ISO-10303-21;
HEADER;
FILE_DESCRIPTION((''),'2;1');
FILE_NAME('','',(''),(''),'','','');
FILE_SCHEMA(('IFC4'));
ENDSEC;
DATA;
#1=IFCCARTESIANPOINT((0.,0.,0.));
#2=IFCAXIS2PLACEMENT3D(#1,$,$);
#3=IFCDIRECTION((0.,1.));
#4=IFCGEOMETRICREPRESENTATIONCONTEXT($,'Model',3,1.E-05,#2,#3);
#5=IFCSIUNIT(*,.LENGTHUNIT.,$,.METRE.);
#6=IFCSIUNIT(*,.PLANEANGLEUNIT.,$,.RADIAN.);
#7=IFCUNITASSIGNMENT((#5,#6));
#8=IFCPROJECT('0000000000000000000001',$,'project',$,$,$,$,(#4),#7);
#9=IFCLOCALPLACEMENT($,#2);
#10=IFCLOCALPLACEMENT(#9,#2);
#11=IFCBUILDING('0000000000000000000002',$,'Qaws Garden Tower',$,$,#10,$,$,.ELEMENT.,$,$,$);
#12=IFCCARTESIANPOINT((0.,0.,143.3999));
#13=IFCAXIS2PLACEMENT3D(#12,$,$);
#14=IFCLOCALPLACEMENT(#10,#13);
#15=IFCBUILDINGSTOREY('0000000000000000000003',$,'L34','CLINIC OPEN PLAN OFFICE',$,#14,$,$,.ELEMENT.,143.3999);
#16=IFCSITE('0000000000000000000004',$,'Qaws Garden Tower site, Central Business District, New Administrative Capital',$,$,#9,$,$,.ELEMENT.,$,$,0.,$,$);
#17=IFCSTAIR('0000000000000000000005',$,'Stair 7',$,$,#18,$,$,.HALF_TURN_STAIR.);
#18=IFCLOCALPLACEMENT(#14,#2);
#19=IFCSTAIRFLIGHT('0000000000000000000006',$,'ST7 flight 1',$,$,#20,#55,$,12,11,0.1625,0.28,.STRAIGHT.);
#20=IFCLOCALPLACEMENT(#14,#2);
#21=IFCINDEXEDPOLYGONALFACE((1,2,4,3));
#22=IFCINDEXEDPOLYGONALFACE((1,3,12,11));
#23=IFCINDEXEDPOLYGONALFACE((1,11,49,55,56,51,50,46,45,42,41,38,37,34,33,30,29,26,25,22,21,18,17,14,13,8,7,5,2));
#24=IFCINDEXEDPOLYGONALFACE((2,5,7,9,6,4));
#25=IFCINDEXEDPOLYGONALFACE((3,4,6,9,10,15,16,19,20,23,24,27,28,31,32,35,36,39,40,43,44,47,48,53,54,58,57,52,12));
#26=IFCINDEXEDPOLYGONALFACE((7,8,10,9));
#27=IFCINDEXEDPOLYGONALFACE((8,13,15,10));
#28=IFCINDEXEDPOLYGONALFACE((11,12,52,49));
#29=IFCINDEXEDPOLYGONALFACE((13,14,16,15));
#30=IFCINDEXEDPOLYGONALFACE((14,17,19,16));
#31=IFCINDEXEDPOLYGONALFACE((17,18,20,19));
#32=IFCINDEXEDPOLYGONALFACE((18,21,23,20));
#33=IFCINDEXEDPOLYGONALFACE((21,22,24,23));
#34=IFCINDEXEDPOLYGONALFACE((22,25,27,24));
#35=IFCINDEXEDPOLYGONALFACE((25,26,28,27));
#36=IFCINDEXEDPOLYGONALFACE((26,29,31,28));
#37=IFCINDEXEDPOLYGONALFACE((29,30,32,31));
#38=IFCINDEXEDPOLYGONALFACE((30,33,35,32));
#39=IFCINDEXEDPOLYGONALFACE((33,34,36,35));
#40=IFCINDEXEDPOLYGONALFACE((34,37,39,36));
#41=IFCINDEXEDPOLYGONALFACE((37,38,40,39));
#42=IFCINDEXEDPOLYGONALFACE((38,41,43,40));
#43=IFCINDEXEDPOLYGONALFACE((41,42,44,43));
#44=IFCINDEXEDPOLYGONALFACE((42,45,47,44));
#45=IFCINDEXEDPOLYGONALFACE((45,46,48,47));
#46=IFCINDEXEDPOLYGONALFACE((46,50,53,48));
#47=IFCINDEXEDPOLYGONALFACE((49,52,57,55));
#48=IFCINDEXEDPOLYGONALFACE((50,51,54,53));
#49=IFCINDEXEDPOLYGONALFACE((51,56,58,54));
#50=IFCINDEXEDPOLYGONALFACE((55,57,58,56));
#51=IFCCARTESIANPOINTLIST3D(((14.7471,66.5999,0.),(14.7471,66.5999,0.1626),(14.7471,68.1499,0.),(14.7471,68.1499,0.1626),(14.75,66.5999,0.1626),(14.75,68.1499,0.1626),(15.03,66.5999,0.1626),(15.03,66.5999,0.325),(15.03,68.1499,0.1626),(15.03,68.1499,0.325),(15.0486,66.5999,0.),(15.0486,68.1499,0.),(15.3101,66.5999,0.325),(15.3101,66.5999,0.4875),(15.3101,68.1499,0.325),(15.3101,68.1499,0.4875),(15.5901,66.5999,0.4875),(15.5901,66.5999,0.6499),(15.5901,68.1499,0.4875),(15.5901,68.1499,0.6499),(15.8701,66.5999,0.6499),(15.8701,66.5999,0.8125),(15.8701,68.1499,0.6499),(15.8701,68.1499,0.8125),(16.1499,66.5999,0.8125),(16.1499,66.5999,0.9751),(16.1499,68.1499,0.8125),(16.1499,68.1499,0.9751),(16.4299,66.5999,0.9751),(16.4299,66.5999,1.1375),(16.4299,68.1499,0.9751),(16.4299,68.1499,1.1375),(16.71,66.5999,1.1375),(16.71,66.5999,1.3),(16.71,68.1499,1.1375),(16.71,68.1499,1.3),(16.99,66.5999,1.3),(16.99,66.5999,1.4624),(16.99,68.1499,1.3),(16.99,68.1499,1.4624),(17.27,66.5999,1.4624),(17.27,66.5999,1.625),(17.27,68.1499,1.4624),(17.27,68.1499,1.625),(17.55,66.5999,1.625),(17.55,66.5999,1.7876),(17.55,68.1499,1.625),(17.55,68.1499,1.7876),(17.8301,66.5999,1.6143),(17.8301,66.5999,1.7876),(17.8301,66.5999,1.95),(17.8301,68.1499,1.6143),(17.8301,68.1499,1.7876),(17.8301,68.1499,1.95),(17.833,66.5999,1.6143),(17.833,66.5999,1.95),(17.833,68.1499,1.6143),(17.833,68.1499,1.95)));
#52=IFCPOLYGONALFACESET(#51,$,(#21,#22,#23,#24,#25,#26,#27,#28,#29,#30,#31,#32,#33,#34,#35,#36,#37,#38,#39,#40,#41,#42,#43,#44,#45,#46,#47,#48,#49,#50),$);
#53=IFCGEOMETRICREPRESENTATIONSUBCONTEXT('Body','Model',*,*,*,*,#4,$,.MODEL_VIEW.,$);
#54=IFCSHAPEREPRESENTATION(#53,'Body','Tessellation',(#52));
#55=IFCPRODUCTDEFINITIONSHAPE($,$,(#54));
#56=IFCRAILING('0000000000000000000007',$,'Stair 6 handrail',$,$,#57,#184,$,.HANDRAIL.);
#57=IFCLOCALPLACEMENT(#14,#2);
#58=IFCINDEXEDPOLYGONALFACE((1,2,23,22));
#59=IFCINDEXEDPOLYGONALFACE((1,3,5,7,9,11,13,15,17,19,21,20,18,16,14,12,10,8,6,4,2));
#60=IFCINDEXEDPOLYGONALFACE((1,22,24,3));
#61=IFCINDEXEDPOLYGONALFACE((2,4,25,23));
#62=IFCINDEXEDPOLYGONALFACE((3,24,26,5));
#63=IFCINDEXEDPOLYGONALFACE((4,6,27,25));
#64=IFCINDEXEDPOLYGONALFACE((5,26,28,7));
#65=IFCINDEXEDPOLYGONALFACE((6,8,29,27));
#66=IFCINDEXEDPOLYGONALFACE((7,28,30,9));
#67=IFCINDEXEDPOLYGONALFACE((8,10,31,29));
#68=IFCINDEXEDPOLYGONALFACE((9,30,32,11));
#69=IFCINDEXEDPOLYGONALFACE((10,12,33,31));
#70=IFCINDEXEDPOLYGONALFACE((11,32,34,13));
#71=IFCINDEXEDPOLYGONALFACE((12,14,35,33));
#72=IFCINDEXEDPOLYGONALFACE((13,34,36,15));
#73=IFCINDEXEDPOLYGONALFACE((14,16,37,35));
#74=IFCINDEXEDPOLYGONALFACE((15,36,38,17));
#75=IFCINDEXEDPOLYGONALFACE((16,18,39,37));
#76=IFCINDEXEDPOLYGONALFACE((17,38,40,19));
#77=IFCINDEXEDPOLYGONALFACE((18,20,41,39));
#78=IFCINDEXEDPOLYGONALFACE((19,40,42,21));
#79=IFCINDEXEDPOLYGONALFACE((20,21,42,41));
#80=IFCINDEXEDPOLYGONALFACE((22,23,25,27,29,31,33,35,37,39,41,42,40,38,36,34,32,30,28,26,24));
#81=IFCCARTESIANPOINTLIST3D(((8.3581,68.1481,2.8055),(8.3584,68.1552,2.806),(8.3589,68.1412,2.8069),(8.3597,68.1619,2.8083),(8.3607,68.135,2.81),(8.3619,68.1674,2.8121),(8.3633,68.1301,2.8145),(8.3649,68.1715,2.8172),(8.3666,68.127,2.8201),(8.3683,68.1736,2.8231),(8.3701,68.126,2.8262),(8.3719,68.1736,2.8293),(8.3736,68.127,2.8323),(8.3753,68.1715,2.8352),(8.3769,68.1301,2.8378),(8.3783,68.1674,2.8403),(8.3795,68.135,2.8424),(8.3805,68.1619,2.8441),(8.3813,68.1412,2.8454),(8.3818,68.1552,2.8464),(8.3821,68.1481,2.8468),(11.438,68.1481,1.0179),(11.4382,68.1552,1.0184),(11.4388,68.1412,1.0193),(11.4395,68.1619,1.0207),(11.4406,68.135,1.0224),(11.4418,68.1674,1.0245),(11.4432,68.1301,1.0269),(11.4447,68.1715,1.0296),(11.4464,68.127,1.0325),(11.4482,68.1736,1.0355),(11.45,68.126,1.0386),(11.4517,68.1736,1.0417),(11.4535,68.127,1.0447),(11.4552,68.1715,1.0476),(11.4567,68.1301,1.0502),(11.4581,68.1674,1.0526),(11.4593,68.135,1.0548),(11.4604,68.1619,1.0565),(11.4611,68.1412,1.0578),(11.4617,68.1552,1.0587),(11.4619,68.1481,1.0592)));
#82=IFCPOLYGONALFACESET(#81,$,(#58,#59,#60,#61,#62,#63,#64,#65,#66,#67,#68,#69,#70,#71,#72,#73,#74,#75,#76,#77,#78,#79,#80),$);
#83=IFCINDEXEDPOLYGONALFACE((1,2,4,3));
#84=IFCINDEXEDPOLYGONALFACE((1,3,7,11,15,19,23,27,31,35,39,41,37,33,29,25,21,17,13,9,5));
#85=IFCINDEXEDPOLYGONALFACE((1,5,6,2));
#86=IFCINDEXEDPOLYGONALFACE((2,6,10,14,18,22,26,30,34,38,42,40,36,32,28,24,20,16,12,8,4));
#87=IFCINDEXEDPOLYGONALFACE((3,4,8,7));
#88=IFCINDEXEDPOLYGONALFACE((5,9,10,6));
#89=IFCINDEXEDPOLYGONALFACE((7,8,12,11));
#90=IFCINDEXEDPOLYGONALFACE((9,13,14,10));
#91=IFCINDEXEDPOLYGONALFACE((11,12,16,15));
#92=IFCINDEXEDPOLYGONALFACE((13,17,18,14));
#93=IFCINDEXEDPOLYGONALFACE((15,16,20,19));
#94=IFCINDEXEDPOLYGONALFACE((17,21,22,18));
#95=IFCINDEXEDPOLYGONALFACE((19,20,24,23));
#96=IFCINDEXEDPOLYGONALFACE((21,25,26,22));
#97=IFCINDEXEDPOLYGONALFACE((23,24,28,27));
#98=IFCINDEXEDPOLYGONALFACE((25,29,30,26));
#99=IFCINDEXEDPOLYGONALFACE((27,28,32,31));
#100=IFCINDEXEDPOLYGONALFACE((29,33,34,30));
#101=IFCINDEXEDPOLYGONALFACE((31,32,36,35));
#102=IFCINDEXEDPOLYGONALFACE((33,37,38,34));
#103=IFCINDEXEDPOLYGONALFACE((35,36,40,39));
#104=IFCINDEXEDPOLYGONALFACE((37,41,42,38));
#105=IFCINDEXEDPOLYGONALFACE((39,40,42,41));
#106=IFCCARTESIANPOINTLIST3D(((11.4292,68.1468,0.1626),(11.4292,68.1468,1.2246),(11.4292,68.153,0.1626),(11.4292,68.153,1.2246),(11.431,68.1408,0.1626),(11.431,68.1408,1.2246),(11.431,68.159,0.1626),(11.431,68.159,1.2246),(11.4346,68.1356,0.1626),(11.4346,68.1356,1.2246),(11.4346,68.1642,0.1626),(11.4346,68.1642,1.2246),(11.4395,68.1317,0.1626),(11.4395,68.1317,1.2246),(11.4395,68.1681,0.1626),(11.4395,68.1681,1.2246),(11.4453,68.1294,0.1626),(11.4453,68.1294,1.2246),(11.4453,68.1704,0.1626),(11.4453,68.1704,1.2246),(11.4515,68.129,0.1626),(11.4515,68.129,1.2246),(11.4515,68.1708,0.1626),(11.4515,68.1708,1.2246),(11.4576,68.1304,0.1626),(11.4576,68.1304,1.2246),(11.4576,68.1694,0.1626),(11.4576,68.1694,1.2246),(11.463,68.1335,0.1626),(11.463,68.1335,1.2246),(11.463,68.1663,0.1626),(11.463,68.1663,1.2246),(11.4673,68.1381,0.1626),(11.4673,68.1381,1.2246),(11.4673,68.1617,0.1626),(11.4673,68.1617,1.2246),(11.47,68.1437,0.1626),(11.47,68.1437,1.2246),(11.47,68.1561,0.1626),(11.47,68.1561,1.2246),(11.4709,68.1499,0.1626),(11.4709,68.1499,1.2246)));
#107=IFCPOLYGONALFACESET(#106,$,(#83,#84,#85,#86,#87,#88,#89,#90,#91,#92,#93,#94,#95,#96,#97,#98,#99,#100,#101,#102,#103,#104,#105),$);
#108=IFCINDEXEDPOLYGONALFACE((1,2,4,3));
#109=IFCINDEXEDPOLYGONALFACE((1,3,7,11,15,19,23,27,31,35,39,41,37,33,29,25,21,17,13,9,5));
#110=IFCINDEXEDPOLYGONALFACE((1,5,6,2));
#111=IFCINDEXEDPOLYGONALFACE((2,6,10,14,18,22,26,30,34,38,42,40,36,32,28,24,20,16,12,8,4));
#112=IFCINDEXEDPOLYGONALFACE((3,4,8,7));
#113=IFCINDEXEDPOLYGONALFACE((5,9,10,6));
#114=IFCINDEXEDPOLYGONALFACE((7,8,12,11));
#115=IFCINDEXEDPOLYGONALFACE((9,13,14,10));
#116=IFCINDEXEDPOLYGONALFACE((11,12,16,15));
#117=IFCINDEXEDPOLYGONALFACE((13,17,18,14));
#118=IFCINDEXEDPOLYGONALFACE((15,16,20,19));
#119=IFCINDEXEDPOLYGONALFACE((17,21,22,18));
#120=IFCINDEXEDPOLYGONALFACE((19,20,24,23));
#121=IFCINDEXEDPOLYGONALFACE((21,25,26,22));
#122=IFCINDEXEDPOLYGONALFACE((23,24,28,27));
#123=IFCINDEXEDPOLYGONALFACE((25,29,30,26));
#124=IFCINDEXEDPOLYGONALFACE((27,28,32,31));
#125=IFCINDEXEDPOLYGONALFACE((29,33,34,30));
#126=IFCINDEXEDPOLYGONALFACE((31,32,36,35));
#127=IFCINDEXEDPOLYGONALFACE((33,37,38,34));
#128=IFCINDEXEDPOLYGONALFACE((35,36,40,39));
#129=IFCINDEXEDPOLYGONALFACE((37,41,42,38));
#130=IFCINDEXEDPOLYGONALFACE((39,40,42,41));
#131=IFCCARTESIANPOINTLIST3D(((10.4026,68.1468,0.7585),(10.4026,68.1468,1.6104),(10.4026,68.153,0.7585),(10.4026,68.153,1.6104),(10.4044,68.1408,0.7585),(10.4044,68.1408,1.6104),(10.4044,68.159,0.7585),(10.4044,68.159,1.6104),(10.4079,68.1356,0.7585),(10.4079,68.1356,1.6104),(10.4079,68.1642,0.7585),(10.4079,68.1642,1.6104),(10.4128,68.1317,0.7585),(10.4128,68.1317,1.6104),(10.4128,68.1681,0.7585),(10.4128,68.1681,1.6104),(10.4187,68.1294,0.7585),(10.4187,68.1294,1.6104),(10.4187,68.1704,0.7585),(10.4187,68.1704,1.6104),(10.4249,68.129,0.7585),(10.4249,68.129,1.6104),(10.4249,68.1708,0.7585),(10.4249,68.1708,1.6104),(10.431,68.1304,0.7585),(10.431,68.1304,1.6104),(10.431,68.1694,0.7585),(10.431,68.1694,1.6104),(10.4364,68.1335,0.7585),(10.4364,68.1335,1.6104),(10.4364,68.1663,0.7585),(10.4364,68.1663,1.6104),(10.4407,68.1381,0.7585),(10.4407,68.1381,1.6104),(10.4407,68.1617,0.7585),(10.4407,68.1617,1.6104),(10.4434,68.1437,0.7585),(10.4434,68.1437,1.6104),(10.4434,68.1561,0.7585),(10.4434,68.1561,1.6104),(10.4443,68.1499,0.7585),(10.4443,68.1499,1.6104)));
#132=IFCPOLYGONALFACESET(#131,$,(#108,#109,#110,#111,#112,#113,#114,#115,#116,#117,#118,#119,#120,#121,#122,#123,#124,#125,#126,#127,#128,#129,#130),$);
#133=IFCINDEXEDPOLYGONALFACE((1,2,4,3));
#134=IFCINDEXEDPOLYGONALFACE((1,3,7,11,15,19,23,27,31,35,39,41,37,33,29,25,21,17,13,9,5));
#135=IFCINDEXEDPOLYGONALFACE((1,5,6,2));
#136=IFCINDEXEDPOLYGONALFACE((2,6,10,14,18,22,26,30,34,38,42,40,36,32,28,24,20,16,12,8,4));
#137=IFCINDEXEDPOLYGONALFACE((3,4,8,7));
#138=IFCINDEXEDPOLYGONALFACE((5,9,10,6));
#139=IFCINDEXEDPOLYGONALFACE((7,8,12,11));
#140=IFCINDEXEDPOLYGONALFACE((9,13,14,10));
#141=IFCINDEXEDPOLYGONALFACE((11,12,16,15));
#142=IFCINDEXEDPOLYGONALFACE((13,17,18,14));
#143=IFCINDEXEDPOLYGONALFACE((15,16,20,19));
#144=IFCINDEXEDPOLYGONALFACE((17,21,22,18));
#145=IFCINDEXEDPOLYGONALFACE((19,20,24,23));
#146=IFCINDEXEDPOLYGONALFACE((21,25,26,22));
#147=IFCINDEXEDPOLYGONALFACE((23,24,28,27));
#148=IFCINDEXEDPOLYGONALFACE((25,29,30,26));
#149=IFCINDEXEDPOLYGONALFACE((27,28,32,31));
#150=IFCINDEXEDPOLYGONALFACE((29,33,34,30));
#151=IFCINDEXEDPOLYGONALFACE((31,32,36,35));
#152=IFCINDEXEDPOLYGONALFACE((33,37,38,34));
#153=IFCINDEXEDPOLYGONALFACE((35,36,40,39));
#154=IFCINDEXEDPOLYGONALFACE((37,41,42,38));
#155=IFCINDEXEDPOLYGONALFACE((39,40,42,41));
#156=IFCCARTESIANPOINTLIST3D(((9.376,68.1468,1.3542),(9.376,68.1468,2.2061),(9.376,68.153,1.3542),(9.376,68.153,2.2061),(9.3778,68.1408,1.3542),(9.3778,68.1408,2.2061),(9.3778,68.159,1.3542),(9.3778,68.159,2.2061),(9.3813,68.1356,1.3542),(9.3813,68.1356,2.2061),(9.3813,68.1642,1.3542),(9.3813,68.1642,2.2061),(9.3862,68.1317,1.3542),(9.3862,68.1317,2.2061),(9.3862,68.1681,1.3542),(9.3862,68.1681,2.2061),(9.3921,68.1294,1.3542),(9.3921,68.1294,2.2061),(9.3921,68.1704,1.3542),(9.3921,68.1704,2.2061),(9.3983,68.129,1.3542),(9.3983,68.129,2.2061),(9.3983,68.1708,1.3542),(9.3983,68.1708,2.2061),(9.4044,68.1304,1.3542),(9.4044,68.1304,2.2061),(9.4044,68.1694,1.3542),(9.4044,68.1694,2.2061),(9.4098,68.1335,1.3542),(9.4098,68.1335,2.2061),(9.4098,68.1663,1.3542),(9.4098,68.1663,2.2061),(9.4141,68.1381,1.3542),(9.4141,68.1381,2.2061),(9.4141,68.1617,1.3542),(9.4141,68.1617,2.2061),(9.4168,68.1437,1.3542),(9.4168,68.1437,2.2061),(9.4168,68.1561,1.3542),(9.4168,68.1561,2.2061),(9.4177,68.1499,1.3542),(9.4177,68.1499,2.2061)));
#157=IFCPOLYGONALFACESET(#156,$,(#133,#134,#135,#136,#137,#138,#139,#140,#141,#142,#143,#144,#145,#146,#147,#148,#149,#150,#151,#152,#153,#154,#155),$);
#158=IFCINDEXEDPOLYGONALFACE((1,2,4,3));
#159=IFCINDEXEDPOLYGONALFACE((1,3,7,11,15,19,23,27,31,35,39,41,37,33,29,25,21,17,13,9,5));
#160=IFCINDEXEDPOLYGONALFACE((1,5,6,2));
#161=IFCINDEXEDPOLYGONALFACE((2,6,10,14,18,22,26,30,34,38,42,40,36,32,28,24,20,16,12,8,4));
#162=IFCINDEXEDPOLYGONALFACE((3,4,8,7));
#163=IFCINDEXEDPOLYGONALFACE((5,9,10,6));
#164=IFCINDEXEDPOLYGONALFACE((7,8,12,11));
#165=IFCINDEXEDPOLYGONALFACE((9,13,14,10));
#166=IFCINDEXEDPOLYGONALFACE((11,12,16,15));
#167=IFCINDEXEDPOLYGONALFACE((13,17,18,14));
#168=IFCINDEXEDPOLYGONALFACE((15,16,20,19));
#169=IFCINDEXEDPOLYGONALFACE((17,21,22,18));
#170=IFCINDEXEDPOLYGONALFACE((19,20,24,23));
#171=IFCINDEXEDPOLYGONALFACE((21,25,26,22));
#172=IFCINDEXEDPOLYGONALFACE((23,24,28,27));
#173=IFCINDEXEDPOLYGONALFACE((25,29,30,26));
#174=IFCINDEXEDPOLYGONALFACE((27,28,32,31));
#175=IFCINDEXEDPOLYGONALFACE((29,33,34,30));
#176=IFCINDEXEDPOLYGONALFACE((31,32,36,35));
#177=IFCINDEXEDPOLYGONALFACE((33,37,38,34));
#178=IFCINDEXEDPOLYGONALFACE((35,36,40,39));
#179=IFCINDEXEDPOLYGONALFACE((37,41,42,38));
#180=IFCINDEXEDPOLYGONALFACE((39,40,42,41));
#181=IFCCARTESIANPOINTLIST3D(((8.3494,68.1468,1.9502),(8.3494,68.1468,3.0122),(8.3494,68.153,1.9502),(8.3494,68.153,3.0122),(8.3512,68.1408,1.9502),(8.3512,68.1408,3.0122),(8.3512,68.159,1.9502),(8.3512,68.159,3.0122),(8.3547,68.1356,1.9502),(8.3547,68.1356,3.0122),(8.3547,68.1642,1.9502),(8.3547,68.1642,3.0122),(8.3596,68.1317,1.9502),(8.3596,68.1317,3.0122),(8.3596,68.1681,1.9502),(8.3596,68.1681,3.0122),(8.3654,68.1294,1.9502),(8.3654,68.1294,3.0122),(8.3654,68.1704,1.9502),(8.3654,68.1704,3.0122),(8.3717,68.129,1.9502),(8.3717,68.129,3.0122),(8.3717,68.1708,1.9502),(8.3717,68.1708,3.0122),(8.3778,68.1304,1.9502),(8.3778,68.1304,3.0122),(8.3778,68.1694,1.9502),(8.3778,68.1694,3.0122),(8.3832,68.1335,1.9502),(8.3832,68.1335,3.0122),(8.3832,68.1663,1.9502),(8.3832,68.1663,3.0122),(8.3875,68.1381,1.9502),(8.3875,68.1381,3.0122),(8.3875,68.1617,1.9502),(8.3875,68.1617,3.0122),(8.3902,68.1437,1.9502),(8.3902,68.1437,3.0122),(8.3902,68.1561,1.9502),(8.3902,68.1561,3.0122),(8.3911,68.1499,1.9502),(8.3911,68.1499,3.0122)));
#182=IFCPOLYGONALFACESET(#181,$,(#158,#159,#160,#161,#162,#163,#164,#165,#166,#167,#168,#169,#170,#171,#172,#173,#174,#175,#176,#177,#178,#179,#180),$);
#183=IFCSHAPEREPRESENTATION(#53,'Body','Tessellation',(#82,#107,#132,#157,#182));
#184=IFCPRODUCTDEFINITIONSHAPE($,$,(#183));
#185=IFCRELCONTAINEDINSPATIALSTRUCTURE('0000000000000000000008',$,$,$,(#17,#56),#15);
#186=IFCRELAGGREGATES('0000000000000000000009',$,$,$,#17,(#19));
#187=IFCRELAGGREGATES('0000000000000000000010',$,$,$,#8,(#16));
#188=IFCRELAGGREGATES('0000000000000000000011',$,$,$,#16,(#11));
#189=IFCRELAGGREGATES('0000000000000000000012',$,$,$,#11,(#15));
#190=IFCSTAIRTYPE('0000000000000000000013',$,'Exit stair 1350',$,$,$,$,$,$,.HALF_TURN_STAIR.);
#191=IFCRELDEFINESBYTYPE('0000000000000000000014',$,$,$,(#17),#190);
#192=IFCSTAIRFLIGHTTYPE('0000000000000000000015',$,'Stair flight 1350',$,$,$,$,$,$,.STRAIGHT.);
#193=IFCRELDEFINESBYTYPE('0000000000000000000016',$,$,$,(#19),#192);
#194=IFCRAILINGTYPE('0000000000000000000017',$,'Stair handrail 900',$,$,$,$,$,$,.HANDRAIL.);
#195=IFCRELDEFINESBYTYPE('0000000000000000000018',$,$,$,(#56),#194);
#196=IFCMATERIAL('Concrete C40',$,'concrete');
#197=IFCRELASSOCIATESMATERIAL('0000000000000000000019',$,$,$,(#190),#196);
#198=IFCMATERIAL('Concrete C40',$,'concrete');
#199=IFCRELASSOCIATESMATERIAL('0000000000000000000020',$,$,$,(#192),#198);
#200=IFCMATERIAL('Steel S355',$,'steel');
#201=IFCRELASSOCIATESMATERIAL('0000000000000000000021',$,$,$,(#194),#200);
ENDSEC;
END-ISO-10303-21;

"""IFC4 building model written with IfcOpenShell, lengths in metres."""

from ifc_helpers import new_model, si_unit, direction, frame, origin, origin_2d, place, context, subcontext, project, spatial, polyline, circle, outline, extrude, material, type_object, element, aggregate, save


model = new_model("IFC4")

# Units and contexts
model_context = context("Model", 3, precision=1e-05, world=origin(), true_north=direction((0.0, 1.0)))
body_context = subcontext(model_context, "Body", "Model", "MODEL_VIEW")
ifc_project = project(units=[si_unit("LENGTHUNIT", "METRE"), si_unit("PLANEANGLEUNIT", "RADIAN")], contexts=[model_context])

# Site, building, storey
site_placement = place(None, origin())
site = spatial("IfcSite", under=ifc_project, at=site_placement, Name="Qaws Garden Tower site, Central Business District, New Administrative Capital", CompositionType="ELEMENT", RefElevation=0.0)
building_placement = place(site_placement, origin())
building = spatial("IfcBuilding", under=site, at=building_placement, Name="Qaws Garden Tower", CompositionType="ELEMENT")
storey_placement = place(building_placement, frame((0.0, 0.0, 143.3999)))
storey = spatial("IfcBuildingStorey", under=building, at=storey_placement, Name="L34", Description="CLINIC OPEN PLAN OFFICE", CompositionType="ELEMENT", Elevation=143.3999)

# Shared definitions
ifc_material_1 = material(Name="Concrete C40", Category="concrete")
stair_type = type_object("IfcStairType", Name="Exit stair 1350", PredefinedType="HALF_TURN_STAIR", material=ifc_material_1)
placement = place(storey_placement, origin())
ifc_material_2 = material(Name="Concrete C40", Category="concrete")
stair_flight_type = type_object("IfcStairFlightType", Name="Stair flight 1350", PredefinedType="STRAIGHT", material=ifc_material_2)

# Stair, stair flight
stair_1 = element("IfcStair", 1, at=placement, inside=storey, type_object=stair_type, Name="Stair 7", PredefinedType="HALF_TURN_STAIR")
stair_flight_1_placement = place(storey_placement, frame((14.75, 67.375, 0.0), z_axis=(0.0, 0.0, 1.0), x_axis=(1.0, 0.0, 0.0)))
stair_flight_1 = element("IfcStairFlight", 2, at=stair_flight_1_placement, type_object=stair_flight_type, Name="ST7 flight 1", NumberOfRisers=12, NumberOfTreads=11, PredefinedType="STRAIGHT", RiserHeight=0.1625, TreadLength=0.28, context=body_context, shape_type="SweptSolid", body=[
    extrude(outline(polyline([(-0.0029, 0.0), (-0.0029, 0.1626), (0.0, 0.1626), (0.28, 0.1626), (0.28, 0.325), (0.5601, 0.325), (0.5601, 0.4875), (0.8401, 0.4875), (0.8401, 0.6499), (1.1201, 0.6499), (1.1201, 0.8125), (1.3999, 0.8125), (1.3999, 0.9751), (1.6799, 0.9751), (1.6799, 1.1375), (1.96, 1.1375), (1.96, 1.3), (2.24, 1.3), (2.24, 1.4624), (2.52, 1.4624), (2.52, 1.625), (2.8, 1.625), (2.8, 1.7876), (3.0801, 1.7876), (3.0801, 1.95), (3.083, 1.95), (3.083, 1.6143), (3.0801, 1.6143), (0.2986, 0.0), (-0.0029, 0.0)])), frame((0.0, 0.7749, 0.0), z_axis=(0.0, -1.0, 0.0), x_axis=(1.0, 0.0, 0.0)), (0.0, 0.0, 1.0), 1.55),
])
aggregate(stair_1, [stair_flight_1])

# Railing
ifc_material_3 = material(Name="Steel S355", Category="steel")
railing_type = type_object("IfcRailingType", Name="Stair handrail 900", PredefinedType="HANDRAIL", material=ifc_material_3)
railing_1_placement = place(storey_placement, frame((11.45, 68.1499, 0.1626)))
element("IfcRailing", 3, at=railing_1_placement, inside=storey, type_object=railing_type, Name="Stair 6 handrail", PredefinedType="HANDRAIL", context=body_context, shape_type="SweptSolid", body=[
    extrude(circle(Radius=0.0239, at=origin_2d()), frame((0.0, 0.0, 0.876), z_axis=(-0.864873, 0.0, 0.50199), x_axis=(0.0, -1.0, 0.0)), (0.0, 0.0, 1.0), 3.561),
    extrude(circle(Radius=0.021, at=origin_2d()), origin(), (0.0, 0.0, 1.0), 1.062),
    extrude(circle(Radius=0.021, at=origin_2d()), frame((-1.0266, 0.0, 0.5959)), (0.0, 0.0, 1.0), 0.8518),
    extrude(circle(Radius=0.021, at=origin_2d()), frame((-2.0532, 0.0, 1.1917)), (0.0, 0.0, 1.0), 0.8518),
    extrude(circle(Radius=0.021, at=origin_2d()), frame((-3.0798, 0.0, 1.7876)), (0.0, 0.0, 1.0), 1.062),
])

save(model, "model.ifc")
